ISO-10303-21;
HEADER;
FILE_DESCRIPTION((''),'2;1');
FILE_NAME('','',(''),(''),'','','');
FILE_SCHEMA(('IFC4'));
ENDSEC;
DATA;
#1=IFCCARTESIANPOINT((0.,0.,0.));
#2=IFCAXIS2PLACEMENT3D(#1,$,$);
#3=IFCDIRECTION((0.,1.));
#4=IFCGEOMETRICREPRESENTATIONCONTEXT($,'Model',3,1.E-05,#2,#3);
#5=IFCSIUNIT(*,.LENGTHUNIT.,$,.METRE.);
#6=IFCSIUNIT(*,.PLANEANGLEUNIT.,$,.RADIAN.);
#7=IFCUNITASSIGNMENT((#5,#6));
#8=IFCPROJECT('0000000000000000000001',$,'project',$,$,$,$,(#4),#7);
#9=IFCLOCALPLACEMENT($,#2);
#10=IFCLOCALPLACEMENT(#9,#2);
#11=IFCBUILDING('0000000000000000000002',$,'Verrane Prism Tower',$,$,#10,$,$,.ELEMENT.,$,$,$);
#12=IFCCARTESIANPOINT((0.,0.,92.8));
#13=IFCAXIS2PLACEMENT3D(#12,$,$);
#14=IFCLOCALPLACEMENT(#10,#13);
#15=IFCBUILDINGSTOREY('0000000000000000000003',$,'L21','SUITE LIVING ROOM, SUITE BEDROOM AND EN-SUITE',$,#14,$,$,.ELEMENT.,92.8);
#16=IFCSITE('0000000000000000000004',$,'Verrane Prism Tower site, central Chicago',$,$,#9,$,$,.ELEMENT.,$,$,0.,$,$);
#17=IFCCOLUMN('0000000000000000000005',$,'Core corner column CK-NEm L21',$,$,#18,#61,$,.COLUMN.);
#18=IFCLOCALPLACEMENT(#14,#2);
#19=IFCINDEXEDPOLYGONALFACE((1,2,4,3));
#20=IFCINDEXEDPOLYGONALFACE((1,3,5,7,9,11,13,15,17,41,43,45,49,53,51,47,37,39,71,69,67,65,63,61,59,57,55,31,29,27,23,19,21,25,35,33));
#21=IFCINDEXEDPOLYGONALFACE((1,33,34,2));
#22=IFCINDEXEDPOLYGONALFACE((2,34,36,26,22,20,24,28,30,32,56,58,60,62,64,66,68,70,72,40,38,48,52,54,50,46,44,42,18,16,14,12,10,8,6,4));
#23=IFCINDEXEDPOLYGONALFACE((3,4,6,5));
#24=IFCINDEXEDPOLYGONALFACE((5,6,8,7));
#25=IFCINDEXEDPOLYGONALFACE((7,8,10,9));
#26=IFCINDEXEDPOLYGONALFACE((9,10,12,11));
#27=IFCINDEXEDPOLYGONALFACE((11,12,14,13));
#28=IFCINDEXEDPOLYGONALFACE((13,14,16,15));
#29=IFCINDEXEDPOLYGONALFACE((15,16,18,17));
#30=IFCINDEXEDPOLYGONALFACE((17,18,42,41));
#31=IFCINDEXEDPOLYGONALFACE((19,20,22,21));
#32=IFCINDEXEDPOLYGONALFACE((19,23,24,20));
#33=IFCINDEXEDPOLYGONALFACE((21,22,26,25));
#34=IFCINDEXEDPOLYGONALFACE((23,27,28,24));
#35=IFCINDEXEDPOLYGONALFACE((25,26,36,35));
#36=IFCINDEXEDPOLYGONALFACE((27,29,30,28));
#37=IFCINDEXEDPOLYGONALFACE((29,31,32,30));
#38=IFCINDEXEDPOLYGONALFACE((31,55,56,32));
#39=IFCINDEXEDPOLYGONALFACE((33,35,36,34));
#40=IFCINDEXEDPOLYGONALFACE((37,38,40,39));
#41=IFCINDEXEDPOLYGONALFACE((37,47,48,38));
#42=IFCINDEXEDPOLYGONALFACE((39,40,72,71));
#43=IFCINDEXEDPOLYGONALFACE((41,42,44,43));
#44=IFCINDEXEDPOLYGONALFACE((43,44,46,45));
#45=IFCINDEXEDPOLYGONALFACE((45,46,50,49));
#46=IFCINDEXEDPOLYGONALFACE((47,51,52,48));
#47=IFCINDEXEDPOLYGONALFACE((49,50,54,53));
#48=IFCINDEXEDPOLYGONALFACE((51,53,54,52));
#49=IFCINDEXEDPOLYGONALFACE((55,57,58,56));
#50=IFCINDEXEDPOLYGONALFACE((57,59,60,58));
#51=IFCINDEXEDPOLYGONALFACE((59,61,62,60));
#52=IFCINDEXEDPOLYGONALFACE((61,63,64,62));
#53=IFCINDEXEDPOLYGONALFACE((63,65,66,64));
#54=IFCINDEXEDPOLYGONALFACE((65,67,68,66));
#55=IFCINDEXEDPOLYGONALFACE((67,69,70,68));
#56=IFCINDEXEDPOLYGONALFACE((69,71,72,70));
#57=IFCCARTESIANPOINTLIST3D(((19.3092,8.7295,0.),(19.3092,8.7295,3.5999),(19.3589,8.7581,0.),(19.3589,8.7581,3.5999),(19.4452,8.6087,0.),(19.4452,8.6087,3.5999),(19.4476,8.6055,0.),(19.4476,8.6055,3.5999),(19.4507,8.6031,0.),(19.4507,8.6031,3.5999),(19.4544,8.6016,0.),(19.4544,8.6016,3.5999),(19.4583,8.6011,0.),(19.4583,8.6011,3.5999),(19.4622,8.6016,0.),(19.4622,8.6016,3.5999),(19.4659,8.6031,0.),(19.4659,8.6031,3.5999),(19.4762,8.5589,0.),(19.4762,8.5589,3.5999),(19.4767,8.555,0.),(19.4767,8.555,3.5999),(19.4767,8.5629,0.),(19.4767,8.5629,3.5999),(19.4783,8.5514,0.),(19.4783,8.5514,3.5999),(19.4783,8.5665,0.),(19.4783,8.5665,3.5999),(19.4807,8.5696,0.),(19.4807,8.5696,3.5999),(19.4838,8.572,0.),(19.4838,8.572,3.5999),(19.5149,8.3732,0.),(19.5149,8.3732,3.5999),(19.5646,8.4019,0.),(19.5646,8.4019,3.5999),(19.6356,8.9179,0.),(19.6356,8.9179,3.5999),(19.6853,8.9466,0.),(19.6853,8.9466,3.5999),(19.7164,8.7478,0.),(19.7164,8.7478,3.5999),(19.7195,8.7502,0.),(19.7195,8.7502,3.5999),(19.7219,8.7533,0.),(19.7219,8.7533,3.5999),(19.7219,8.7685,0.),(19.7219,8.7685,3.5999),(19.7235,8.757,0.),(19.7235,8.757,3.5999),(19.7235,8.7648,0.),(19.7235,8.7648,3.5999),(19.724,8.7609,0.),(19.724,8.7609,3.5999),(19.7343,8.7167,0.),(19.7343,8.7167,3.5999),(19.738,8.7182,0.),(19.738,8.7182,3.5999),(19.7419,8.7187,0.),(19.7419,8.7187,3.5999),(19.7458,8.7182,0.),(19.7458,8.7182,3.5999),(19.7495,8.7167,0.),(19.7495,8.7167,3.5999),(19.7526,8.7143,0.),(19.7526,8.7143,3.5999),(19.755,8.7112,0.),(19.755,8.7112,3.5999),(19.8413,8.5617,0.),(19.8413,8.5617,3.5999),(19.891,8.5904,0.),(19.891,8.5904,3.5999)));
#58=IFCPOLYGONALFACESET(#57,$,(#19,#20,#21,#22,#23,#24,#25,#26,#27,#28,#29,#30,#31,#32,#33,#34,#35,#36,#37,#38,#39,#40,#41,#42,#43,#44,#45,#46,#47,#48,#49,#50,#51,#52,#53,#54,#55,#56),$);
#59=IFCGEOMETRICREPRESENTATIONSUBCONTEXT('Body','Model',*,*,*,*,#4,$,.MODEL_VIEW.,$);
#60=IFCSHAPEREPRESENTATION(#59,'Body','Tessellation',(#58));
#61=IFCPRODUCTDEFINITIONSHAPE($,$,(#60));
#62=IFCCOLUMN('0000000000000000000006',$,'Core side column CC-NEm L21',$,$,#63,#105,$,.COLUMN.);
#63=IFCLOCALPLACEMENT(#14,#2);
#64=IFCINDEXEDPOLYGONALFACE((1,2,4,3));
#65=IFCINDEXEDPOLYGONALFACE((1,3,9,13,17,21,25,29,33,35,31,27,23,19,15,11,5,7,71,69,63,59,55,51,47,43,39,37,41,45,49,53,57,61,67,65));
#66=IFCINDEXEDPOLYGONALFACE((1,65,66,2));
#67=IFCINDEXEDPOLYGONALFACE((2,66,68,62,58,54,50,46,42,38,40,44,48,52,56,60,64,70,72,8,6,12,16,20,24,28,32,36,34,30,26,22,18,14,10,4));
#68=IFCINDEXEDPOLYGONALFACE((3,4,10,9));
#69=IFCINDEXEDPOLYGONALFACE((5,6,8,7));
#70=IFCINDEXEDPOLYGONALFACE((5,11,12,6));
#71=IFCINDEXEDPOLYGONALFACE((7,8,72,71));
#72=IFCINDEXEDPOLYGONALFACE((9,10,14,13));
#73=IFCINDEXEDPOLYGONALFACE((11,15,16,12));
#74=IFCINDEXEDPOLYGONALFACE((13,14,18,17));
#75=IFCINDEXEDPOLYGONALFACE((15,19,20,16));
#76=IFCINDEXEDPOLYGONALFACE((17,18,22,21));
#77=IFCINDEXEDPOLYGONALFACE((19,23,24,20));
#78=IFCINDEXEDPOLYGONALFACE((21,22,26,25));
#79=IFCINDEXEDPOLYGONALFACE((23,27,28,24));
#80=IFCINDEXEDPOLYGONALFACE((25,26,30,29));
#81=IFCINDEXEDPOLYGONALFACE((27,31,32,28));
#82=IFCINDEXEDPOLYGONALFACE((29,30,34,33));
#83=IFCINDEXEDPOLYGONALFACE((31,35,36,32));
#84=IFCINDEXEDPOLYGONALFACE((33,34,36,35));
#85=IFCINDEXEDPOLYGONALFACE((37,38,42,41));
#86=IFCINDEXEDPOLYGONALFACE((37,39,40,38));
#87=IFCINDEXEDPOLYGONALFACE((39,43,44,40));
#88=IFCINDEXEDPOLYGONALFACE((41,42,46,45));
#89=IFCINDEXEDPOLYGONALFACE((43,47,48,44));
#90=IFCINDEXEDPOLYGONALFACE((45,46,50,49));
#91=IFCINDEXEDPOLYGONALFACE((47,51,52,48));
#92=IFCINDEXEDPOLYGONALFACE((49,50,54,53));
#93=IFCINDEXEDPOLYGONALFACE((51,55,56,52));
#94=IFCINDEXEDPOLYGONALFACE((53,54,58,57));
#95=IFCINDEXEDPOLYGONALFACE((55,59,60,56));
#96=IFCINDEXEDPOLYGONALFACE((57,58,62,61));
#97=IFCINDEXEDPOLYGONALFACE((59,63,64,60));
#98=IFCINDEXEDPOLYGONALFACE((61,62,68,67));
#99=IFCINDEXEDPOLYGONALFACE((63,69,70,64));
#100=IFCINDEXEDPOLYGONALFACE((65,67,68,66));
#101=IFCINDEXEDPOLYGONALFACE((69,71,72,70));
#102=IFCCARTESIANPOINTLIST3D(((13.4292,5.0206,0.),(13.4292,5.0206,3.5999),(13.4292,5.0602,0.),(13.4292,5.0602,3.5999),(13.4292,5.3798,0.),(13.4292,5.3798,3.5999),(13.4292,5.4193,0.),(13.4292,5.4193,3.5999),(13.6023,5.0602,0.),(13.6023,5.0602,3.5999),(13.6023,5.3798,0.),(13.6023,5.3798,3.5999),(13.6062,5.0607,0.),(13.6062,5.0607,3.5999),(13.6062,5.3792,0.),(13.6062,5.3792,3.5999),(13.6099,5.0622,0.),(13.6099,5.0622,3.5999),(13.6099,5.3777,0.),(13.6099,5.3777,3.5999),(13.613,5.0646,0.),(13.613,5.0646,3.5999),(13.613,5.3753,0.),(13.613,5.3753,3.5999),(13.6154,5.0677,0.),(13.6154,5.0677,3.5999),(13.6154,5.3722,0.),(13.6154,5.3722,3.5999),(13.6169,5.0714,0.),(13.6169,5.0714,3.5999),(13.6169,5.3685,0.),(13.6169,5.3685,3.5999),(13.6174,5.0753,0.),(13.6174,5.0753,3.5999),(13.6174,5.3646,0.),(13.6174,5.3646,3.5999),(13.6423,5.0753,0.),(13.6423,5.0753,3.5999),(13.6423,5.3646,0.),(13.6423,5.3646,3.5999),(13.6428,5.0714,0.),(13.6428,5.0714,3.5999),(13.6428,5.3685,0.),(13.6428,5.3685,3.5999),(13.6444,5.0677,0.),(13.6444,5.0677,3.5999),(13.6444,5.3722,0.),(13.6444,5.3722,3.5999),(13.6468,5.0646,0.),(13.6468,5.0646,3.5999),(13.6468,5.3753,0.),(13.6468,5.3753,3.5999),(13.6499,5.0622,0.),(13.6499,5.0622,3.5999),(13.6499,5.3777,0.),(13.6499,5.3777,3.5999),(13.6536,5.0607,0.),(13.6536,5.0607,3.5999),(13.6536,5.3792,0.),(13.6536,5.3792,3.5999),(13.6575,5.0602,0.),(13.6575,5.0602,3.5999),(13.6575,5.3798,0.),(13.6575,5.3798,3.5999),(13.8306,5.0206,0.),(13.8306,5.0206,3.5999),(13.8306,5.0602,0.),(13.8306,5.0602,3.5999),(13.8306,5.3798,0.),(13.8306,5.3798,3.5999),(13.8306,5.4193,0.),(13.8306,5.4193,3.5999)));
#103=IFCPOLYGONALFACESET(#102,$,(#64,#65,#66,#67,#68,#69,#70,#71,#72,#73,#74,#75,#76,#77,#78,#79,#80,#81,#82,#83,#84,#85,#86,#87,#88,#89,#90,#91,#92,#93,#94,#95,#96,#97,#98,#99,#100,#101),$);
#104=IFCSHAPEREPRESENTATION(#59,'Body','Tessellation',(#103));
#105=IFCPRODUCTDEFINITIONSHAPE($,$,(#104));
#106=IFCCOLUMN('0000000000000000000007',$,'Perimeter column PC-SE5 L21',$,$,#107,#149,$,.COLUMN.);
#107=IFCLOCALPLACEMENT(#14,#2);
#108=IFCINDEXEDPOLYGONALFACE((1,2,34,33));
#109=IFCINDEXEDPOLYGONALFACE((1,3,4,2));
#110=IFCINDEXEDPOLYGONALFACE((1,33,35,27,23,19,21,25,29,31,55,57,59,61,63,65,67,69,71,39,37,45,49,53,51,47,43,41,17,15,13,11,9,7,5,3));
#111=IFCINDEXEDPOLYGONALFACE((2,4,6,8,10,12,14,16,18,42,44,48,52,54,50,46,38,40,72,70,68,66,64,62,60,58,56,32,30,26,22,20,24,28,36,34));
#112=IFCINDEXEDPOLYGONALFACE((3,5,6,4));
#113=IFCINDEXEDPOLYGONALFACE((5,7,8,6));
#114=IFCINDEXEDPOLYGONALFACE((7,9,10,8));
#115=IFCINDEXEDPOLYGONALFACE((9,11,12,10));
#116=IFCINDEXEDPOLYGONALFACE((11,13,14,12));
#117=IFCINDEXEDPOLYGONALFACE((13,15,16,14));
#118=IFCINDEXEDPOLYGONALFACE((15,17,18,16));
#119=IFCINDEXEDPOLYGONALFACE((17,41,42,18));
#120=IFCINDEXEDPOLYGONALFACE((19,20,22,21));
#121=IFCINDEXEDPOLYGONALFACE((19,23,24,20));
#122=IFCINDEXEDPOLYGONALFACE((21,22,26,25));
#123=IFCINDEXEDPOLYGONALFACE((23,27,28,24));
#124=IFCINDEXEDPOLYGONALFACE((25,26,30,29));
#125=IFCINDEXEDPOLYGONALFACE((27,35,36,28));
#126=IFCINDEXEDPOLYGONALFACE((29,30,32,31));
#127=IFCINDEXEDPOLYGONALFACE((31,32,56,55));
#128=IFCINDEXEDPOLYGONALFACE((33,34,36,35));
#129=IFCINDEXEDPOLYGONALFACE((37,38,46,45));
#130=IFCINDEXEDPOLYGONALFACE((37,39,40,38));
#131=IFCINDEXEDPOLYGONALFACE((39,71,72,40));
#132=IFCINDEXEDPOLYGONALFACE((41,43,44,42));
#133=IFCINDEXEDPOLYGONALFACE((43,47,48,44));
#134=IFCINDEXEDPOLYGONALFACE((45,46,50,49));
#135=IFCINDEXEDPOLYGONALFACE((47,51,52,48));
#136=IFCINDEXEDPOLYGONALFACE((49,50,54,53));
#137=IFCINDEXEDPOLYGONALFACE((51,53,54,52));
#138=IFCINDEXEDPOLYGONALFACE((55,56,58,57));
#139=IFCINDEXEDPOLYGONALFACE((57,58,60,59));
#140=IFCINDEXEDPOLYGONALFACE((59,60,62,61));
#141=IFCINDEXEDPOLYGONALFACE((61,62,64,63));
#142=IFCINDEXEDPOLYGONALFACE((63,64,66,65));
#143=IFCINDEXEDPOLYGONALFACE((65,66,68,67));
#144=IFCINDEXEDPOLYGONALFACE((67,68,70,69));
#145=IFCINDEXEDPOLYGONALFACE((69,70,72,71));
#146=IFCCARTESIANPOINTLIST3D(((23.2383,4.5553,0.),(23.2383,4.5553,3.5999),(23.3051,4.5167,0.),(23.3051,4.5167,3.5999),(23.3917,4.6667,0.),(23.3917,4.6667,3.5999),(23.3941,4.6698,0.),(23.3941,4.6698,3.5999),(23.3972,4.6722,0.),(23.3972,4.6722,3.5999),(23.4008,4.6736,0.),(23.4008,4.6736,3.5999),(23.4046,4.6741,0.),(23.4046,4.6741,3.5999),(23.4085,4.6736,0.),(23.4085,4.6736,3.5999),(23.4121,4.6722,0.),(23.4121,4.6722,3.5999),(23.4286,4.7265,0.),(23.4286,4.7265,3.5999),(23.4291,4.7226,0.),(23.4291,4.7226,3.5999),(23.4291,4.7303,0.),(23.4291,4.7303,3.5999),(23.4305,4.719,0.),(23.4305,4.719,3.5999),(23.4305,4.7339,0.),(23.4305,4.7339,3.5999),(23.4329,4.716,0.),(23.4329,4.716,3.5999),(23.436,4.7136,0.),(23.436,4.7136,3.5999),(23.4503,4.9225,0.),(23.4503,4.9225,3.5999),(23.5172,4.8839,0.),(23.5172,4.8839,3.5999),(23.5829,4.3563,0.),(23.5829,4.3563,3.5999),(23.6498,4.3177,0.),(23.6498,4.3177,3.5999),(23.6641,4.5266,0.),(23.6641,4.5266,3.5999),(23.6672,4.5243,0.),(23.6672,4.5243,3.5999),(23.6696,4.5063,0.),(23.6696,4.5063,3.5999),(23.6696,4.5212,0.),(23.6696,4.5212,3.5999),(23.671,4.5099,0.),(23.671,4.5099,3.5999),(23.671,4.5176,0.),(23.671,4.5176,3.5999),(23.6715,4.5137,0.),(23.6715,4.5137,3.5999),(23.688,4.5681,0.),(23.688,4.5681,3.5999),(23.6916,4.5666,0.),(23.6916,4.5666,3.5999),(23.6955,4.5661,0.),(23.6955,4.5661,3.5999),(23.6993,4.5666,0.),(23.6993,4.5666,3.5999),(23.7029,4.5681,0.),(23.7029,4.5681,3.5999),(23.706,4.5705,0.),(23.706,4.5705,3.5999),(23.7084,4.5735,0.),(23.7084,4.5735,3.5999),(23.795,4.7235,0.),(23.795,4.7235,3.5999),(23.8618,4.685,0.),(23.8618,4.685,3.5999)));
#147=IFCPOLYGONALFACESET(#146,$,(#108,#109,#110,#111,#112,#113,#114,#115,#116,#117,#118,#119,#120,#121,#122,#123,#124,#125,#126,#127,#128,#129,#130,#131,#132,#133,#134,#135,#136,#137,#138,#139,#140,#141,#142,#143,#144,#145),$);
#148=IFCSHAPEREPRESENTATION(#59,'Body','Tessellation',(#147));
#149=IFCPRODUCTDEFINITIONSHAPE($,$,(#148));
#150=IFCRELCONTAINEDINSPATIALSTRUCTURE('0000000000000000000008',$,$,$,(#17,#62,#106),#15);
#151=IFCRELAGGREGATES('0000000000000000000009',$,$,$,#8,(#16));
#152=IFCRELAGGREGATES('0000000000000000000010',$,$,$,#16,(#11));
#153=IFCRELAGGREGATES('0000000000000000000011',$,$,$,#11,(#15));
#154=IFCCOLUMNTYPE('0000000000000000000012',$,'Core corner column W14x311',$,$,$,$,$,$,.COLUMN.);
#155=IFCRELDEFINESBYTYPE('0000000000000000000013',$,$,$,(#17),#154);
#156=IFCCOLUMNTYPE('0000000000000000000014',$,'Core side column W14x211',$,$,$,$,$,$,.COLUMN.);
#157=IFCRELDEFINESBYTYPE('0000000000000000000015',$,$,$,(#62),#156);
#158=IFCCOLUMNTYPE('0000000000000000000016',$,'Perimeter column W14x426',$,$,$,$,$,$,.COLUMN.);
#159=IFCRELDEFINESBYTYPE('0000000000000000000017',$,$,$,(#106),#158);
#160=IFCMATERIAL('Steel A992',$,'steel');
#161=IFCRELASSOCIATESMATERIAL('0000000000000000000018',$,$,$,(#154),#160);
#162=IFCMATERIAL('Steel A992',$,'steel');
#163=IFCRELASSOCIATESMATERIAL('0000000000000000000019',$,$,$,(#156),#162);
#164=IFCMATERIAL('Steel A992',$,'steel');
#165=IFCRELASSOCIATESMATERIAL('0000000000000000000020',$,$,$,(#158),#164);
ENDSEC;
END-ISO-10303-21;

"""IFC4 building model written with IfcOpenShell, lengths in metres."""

from ifc_helpers import new_model, si_unit, direction, frame, origin, origin_2d, place, context, subcontext, project, spatial, i_section, extrude, material, material_profile, profile_set, type_object, element, save


model = new_model("IFC4")

# Units and contexts
model_context = context("Model", 3, precision=1e-05, world=origin(), true_north=direction((0.0, 1.0)))
body_context = subcontext(model_context, "Body", "Model", "MODEL_VIEW")
ifc_project = project(units=[si_unit("LENGTHUNIT", "METRE"), si_unit("PLANEANGLEUNIT", "RADIAN")], contexts=[model_context])

# Site, building, storey
site_placement = place(None, origin())
site = spatial("IfcSite", under=ifc_project, at=site_placement, Name="Verrane Prism Tower site, central Chicago", CompositionType="ELEMENT", RefElevation=0.0)
building_placement = place(site_placement, origin())
building = spatial("IfcBuilding", under=site, at=building_placement, Name="Verrane Prism Tower", CompositionType="ELEMENT")
storey_placement = place(building_placement, frame((0.0, 0.0, 92.8)))
storey = spatial("IfcBuildingStorey", under=building, at=storey_placement, Name="L21", Description="SUITE LIVING ROOM, SUITE BEDROOM AND EN-SUITE", CompositionType="ELEMENT", Elevation=92.8)

# Columns
ifc_material_1 = material(Name="Steel A992", Category="steel")
ifc_material_profile_1 = material_profile(ifc_material_1, i_section(OverallWidth=0.4114, OverallDepth=0.4343, WebThickness=0.0359, FlangeThickness=0.0574, FilletRadius=0.0151, at=origin_2d()), Name="W14x311")
ifc_profile_set_1 = profile_set([ifc_material_profile_1], Name="Steel A992")
column_type_1 = type_object("IfcColumnType", Name="Core corner column W14x311", PredefinedType="COLUMN", material=ifc_profile_set_1)
column_1_placement = place(storey_placement, frame((19.6001, 8.6599, 0.0), z_axis=(0.0, 0.0, 1.0), x_axis=(0.5, -0.866025, 0.0)))
element("IfcColumn", 1, at=column_1_placement, inside=storey, type_object=column_type_1, Name="Core corner column CK-NEm L21", PredefinedType="COLUMN", context=body_context, shape_type="SweptSolid", body=[
    extrude(i_section(OverallWidth=0.4114, OverallDepth=0.4343, WebThickness=0.0359, FlangeThickness=0.0574, FilletRadius=0.0151, at=origin_2d()), origin(), (0.0, 0.0, 1.0), 3.5999),
])
ifc_material_2 = material(Name="Steel A992", Category="steel")
ifc_material_profile_2 = material_profile(ifc_material_2, i_section(OverallWidth=0.4014, OverallDepth=0.3987, WebThickness=0.0249, FlangeThickness=0.0396, FilletRadius=0.0151, at=origin_2d()), Name="W14x211")
ifc_profile_set_2 = profile_set([ifc_material_profile_2], Name="Steel A992")
column_type_2 = type_object("IfcColumnType", Name="Core side column W14x211", PredefinedType="COLUMN", material=ifc_profile_set_2)
column_2_placement = place(storey_placement, frame((13.6299, 5.22, 0.0), z_axis=(0.0, 0.0, 1.0), x_axis=(1.0, 0.0, 0.0)))
element("IfcColumn", 2, at=column_2_placement, inside=storey, type_object=column_type_2, Name="Core side column CC-NEm L21", PredefinedType="COLUMN", context=body_context, shape_type="SweptSolid", body=[
    extrude(i_section(OverallWidth=0.4014, OverallDepth=0.3987, WebThickness=0.0249, FlangeThickness=0.0396, FilletRadius=0.0151, at=origin_2d()), origin(), (0.0, 0.0, 1.0), 3.5999),
])
ifc_material_3 = material(Name="Steel A992", Category="steel")
ifc_material_profile_3 = material_profile(ifc_material_3, i_section(OverallWidth=0.4241, OverallDepth=0.4751, WebThickness=0.0479, FlangeThickness=0.0771, FilletRadius=0.0149, at=origin_2d()), Name="W14x426")
ifc_profile_set_3 = profile_set([ifc_material_profile_3], Name="Steel A992")
column_type_3 = type_object("IfcColumnType", Name="Perimeter column W14x426", PredefinedType="COLUMN", material=ifc_profile_set_3)
column_3_placement = place(storey_placement, frame((23.55, 4.6201, 0.0), z_axis=(0.0, 0.0, 1.0), x_axis=(-0.5, -0.866025, 0.0)))
element("IfcColumn", 3, at=column_3_placement, inside=storey, type_object=column_type_3, Name="Perimeter column PC-SE5 L21", PredefinedType="COLUMN", context=body_context, shape_type="SweptSolid", body=[
    extrude(i_section(OverallWidth=0.4241, OverallDepth=0.4751, WebThickness=0.0479, FlangeThickness=0.0771, FilletRadius=0.0149, at=origin_2d()), origin(), (0.0, 0.0, 1.0), 3.5999),
])

save(model, "model.ifc")
